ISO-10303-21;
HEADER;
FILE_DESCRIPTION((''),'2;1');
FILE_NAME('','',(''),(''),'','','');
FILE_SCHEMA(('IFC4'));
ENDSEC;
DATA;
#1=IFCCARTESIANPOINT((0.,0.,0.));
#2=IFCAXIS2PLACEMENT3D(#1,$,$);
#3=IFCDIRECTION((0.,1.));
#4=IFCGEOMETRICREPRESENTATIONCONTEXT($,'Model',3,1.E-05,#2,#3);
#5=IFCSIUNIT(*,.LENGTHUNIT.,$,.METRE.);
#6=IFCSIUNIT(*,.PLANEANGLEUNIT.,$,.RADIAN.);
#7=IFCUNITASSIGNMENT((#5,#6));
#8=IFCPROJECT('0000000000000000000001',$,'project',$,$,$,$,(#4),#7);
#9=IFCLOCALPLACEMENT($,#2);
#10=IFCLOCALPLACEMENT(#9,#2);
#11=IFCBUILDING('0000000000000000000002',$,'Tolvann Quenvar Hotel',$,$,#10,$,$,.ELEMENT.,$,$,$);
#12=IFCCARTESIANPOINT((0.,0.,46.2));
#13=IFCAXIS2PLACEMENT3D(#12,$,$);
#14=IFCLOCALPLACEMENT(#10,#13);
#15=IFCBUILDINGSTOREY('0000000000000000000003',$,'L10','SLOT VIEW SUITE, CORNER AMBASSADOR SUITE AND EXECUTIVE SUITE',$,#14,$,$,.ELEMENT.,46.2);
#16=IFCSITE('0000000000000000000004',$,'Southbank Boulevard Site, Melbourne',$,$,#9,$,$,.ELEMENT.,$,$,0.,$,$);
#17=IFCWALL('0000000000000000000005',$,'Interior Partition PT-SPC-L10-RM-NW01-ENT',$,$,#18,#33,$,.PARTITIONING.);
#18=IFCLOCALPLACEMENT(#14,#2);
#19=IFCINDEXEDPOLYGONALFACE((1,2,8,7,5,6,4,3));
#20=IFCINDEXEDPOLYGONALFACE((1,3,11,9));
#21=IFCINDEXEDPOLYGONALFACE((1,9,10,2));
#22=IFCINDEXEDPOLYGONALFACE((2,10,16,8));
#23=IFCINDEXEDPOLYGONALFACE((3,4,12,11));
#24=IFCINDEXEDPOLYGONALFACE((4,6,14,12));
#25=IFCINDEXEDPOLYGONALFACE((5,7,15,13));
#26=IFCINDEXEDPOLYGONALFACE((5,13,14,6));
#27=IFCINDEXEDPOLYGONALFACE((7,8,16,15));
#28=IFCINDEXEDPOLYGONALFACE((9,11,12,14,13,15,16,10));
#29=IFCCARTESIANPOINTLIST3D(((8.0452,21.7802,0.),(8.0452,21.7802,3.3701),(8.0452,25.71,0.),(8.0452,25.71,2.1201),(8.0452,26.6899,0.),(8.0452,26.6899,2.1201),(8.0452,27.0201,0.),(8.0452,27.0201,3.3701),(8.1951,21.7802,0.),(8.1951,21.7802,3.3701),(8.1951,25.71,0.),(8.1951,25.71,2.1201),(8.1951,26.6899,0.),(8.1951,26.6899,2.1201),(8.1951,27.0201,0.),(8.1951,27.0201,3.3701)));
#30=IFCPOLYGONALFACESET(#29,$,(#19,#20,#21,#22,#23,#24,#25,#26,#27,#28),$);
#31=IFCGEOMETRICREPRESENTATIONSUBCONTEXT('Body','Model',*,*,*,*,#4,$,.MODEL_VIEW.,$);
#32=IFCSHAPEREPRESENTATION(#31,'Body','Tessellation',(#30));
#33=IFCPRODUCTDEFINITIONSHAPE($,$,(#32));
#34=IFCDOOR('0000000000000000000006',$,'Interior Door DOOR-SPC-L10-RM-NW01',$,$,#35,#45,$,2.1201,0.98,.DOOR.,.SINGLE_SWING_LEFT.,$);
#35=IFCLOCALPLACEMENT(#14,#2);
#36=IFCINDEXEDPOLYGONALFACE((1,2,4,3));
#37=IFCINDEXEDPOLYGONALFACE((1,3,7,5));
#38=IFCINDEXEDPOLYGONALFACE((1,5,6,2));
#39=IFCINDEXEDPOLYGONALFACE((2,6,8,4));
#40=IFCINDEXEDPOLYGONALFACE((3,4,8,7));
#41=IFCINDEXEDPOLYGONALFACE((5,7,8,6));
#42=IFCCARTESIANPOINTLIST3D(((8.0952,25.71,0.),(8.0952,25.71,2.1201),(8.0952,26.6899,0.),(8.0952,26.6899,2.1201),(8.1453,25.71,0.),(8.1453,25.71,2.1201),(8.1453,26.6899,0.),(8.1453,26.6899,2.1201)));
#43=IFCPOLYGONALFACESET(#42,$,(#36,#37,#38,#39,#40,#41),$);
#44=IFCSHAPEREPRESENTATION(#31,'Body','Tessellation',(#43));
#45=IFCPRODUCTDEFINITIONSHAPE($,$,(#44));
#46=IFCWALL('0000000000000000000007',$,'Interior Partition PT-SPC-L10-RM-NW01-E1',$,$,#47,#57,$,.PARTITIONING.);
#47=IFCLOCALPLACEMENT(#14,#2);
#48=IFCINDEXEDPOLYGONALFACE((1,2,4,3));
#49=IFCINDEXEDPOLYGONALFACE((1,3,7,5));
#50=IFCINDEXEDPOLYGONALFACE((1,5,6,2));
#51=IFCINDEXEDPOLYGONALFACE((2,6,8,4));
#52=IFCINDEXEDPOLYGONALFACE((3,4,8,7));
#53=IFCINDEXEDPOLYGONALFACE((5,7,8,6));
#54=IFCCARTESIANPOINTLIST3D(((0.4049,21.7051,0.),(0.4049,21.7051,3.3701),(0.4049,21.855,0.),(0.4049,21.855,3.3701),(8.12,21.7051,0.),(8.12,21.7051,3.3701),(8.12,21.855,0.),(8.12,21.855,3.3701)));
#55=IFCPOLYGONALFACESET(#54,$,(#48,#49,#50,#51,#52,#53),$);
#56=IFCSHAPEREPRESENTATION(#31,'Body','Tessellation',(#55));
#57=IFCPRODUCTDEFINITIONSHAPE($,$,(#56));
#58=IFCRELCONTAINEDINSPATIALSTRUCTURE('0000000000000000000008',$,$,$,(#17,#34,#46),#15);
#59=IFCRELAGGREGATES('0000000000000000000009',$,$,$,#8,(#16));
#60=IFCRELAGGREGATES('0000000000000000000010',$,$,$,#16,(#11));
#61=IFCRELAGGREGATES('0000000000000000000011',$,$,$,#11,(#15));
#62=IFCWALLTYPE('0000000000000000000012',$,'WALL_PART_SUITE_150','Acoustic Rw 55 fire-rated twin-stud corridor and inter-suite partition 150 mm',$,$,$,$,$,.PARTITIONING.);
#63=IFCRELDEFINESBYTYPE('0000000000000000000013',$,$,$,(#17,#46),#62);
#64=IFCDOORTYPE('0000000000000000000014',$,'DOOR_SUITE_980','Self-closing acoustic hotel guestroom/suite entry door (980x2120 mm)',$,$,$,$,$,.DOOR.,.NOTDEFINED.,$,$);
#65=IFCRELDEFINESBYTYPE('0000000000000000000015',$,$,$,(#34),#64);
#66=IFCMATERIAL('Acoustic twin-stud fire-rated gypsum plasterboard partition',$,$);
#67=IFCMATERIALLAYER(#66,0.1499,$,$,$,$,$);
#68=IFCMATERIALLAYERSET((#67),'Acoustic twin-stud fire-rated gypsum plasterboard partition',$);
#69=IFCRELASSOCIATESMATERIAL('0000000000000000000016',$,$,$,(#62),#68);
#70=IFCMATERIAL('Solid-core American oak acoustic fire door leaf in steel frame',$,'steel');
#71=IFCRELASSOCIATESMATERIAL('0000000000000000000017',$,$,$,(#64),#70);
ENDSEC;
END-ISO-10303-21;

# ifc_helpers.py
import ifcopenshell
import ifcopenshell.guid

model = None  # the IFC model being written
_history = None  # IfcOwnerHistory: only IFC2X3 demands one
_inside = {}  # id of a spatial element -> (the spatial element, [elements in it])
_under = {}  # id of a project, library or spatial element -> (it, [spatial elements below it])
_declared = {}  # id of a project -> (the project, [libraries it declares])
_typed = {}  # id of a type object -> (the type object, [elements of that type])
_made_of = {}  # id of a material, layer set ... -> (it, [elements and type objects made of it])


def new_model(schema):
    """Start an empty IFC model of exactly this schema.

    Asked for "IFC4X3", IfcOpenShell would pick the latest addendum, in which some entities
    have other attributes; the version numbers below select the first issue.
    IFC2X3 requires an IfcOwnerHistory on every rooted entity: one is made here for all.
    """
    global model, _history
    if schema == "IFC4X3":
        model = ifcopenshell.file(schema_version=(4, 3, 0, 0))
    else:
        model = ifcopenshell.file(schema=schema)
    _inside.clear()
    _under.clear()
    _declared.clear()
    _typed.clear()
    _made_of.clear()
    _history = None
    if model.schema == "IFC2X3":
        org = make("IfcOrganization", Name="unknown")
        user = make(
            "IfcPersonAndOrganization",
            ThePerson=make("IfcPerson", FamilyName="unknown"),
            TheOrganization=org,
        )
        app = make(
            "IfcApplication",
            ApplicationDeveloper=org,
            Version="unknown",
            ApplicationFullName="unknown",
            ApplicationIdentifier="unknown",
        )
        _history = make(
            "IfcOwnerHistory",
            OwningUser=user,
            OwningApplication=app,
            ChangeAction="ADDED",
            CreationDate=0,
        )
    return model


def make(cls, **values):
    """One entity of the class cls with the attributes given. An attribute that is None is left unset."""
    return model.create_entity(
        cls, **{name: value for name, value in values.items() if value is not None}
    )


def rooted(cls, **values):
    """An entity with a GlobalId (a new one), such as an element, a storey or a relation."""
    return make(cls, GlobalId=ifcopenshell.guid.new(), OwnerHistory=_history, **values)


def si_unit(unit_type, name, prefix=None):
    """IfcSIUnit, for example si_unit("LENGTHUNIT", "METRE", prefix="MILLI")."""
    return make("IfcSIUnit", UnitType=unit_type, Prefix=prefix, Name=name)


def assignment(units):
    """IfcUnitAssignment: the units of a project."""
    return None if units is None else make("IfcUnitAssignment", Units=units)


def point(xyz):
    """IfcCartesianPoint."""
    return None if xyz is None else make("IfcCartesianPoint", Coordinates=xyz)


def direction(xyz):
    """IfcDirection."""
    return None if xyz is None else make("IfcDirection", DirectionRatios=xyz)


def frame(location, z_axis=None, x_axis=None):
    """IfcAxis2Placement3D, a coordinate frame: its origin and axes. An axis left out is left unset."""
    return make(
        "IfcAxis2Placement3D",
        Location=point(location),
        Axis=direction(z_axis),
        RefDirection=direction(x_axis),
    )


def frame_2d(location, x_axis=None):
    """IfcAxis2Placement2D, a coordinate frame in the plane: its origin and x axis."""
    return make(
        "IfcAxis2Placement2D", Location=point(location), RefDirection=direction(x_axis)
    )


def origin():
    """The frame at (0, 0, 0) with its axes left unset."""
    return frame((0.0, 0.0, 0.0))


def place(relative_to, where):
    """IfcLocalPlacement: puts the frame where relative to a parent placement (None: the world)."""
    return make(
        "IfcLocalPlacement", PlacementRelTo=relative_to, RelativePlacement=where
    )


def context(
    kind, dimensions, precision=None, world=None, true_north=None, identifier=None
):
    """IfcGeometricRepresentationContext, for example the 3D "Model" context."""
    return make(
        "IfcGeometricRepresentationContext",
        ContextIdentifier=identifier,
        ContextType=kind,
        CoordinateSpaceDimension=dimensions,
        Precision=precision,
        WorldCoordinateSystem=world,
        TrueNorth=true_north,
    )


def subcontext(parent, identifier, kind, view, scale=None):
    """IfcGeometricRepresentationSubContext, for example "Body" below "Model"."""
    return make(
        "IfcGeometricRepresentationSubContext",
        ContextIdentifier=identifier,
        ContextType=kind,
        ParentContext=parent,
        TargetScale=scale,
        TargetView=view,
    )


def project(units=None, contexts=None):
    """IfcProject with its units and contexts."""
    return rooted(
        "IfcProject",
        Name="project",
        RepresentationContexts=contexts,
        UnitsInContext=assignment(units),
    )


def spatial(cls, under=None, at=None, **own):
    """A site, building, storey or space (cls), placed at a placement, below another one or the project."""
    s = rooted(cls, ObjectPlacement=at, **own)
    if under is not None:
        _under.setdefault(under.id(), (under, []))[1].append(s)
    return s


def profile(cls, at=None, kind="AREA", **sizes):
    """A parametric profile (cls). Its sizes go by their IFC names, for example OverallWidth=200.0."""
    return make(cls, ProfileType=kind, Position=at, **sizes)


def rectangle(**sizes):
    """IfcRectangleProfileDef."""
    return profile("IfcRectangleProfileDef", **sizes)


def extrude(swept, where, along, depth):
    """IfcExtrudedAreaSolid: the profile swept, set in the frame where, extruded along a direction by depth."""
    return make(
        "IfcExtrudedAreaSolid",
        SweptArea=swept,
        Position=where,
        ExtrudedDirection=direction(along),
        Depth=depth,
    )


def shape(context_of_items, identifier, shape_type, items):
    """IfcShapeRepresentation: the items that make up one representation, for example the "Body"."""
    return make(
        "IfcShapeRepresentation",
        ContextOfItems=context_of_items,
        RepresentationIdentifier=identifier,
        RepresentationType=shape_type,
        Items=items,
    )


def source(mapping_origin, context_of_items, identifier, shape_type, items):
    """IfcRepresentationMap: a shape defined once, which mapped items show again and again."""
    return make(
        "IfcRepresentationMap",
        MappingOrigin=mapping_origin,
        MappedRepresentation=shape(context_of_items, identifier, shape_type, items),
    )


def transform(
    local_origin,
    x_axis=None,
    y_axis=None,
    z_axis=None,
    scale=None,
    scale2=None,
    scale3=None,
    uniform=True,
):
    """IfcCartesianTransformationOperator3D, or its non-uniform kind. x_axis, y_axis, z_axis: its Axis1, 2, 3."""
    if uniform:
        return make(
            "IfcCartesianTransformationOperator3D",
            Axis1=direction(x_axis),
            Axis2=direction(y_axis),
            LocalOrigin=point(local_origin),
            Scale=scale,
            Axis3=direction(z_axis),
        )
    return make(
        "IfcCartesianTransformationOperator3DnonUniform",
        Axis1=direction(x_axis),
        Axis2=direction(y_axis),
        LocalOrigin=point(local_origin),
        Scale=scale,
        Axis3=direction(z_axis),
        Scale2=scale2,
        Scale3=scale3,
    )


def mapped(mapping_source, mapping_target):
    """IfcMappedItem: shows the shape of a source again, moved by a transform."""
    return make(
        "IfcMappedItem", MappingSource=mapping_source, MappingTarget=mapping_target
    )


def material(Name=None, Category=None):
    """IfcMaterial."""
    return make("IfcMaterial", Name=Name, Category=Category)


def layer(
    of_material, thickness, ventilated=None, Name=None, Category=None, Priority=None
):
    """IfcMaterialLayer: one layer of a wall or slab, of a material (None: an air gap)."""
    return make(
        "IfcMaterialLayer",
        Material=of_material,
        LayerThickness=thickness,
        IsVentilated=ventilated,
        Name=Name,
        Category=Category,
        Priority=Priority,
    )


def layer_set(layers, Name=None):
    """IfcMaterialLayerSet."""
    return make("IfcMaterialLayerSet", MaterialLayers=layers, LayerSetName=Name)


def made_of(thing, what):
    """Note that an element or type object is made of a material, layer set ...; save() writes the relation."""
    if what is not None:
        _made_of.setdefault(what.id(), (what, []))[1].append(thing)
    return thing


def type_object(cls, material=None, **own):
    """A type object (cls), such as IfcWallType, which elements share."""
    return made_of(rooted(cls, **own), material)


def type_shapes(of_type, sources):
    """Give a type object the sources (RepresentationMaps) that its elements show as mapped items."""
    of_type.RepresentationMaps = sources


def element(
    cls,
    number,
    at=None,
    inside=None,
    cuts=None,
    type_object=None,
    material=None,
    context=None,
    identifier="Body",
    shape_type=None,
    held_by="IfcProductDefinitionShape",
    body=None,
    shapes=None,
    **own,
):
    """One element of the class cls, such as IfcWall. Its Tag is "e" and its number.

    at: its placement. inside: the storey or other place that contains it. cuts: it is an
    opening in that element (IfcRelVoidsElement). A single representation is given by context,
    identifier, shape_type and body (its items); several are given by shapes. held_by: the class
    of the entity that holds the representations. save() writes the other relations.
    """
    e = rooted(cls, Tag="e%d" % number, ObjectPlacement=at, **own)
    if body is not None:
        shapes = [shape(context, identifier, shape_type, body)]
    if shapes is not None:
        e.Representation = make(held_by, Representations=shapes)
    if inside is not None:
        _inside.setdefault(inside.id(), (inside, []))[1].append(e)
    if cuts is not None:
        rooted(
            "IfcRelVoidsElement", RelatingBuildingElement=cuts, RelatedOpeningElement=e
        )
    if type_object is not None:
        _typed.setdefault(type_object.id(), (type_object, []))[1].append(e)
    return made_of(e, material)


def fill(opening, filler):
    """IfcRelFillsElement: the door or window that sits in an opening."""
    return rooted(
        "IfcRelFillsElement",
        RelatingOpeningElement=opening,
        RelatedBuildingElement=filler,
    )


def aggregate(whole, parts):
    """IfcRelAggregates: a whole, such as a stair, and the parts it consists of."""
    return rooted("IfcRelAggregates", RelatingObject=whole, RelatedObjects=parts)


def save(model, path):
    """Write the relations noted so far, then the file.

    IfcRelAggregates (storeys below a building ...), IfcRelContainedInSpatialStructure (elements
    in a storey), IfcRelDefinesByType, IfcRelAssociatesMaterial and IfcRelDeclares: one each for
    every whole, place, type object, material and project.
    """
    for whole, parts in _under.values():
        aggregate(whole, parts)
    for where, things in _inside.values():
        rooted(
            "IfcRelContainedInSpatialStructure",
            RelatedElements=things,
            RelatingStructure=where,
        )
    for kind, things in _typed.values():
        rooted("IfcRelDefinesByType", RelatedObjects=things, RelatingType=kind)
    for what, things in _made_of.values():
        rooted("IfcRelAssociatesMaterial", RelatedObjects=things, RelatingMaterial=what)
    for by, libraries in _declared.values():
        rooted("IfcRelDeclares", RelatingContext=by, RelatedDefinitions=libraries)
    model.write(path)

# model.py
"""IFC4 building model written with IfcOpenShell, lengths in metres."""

from ifc_helpers import new_model, si_unit, direction, frame, frame_2d, origin, place, context, subcontext, project, spatial, rectangle, extrude, source, transform, mapped, material, layer, layer_set, type_object, type_shapes, element, fill, save


model = new_model("IFC4")

# Units and contexts
model_context = context("Model", 3, precision=1e-05, world=origin(), true_north=direction((0.0, 1.0)))
body_context = subcontext(model_context, "Body", "Model", "MODEL_VIEW")
ifc_project = project(units=[si_unit("LENGTHUNIT", "METRE"), si_unit("PLANEANGLEUNIT", "RADIAN")], contexts=[model_context])

# Site, building, storey
site_placement = place(None, origin())
site = spatial("IfcSite", under=ifc_project, at=site_placement, Name="Southbank Boulevard Site, Melbourne", CompositionType="ELEMENT", RefElevation=0.0)
building_placement = place(site_placement, origin())
building = spatial("IfcBuilding", under=site, at=building_placement, Name="Tolvann Quenvar Hotel", CompositionType="ELEMENT")
storey_placement = place(building_placement, frame((0.0, 0.0, 46.2)))
storey = spatial("IfcBuildingStorey", under=building, at=storey_placement, Name="L10", Description="SLOT VIEW SUITE, CORNER AMBASSADOR SUITE AND EXECUTIVE SUITE", CompositionType="ELEMENT", Elevation=46.2)

# Shared definitions
ifc_material_1 = material(Name="Acoustic twin-stud fire-rated gypsum plasterboard partition")
ifc_material_2 = material(Name="Solid-core American oak acoustic fire door leaf in steel frame", Category="steel")

# Shared definitions
ifc_layer_1 = layer(ifc_material_1, 0.1499)
ifc_layer_set_1 = layer_set([ifc_layer_1], Name="Acoustic twin-stud fire-rated gypsum plasterboard partition")
wall_type_1 = type_object("IfcWallType", Name="WALL_PART_SUITE_150", Description="Acoustic Rw 55 fire-rated twin-stud corridor and inter-suite partition 150 mm", PredefinedType="PARTITIONING", material=ifc_layer_set_1)

# Shared definitions
door_type_1 = type_object("IfcDoorType", Name="DOOR_SUITE_980", Description="Self-closing acoustic hotel guestroom/suite entry door (980x2120 mm)", OperationType="NOTDEFINED", PredefinedType="DOOR", material=ifc_material_2)
shared_shape_1 = source(origin(), body_context, "Body", "SweptSolid", [
    extrude(rectangle(XDim=0.98, YDim=2.1201, at=frame_2d((0.49, 1.0601))), frame((0.0, 0.0249, 0.0), z_axis=(0.0, -1.0, 0.0), x_axis=(1.0, 0.0, 0.0)), (0.0, 0.0, 1.0), 0.05),
])
type_shapes(door_type_1, [shared_shape_1])

# Wall, opening, door
wall_1_placement = place(storey_placement, frame((8.1201, 21.78, 0.0), z_axis=(0.0, 0.0, 1.0), x_axis=(0.0, 1.0, 0.0)))
wall_1 = element("IfcWall", 1, at=wall_1_placement, inside=storey, type_object=wall_type_1, Name="Interior Partition PT-SPC-L10-RM-NW01-ENT", PredefinedType="PARTITIONING", context=body_context, shape_type="SweptSolid", body=[
    extrude(rectangle(XDim=5.24, YDim=0.1499, at=frame_2d((2.6201, 0.0))), origin(), (0.0, 0.0, 1.0), 3.3701),
])
opening_1_placement = place(wall_1_placement, frame((3.9299, 0.0, 0.0)))
opening_1 = element("IfcOpeningElement", 2, at=opening_1_placement, cuts=wall_1, PredefinedType="OPENING", context=body_context, shape_type="SweptSolid", body=[
    extrude(rectangle(XDim=0.98, YDim=2.1201, at=frame_2d((0.49, 1.0601))), frame((0.0, 0.085, 0.0), z_axis=(0.0, -1.0, 0.0), x_axis=(1.0, 0.0, 0.0)), (0.0, 0.0, 1.0), 0.1699),
])
door_1_placement = place(opening_1_placement, origin())
door_1 = element("IfcDoor", 3, at=door_1_placement, inside=storey, type_object=door_type_1, Name="Interior Door DOOR-SPC-L10-RM-NW01", OperationType="SINGLE_SWING_LEFT", OverallHeight=2.1201, OverallWidth=0.98, PredefinedType="DOOR", context=body_context, shape_type="MappedRepresentation", body=[
    mapped(shared_shape_1, transform((0.0, 0.0, 0.0), x_axis=(1.0, 0.0, 0.0), y_axis=(0.0, 1.0, 0.0), z_axis=(0.0, 0.0, 1.0), scale=1.0)),
])
fill(opening_1, door_1)

# Wall
wall_2_placement = place(storey_placement, frame((0.405, 21.78, 0.0), z_axis=(0.0, 0.0, 1.0), x_axis=(1.0, 0.0, 0.0)))
element("IfcWall", 4, at=wall_2_placement, inside=storey, type_object=wall_type_1, Name="Interior Partition PT-SPC-L10-RM-NW01-E1", PredefinedType="PARTITIONING", context=body_context, shape_type="SweptSolid", body=[
    extrude(rectangle(XDim=7.7151, YDim=0.1499, at=frame_2d((3.8574, 0.0))), origin(), (0.0, 0.0, 1.0), 3.3701),
])

save(model, "model.ifc")
